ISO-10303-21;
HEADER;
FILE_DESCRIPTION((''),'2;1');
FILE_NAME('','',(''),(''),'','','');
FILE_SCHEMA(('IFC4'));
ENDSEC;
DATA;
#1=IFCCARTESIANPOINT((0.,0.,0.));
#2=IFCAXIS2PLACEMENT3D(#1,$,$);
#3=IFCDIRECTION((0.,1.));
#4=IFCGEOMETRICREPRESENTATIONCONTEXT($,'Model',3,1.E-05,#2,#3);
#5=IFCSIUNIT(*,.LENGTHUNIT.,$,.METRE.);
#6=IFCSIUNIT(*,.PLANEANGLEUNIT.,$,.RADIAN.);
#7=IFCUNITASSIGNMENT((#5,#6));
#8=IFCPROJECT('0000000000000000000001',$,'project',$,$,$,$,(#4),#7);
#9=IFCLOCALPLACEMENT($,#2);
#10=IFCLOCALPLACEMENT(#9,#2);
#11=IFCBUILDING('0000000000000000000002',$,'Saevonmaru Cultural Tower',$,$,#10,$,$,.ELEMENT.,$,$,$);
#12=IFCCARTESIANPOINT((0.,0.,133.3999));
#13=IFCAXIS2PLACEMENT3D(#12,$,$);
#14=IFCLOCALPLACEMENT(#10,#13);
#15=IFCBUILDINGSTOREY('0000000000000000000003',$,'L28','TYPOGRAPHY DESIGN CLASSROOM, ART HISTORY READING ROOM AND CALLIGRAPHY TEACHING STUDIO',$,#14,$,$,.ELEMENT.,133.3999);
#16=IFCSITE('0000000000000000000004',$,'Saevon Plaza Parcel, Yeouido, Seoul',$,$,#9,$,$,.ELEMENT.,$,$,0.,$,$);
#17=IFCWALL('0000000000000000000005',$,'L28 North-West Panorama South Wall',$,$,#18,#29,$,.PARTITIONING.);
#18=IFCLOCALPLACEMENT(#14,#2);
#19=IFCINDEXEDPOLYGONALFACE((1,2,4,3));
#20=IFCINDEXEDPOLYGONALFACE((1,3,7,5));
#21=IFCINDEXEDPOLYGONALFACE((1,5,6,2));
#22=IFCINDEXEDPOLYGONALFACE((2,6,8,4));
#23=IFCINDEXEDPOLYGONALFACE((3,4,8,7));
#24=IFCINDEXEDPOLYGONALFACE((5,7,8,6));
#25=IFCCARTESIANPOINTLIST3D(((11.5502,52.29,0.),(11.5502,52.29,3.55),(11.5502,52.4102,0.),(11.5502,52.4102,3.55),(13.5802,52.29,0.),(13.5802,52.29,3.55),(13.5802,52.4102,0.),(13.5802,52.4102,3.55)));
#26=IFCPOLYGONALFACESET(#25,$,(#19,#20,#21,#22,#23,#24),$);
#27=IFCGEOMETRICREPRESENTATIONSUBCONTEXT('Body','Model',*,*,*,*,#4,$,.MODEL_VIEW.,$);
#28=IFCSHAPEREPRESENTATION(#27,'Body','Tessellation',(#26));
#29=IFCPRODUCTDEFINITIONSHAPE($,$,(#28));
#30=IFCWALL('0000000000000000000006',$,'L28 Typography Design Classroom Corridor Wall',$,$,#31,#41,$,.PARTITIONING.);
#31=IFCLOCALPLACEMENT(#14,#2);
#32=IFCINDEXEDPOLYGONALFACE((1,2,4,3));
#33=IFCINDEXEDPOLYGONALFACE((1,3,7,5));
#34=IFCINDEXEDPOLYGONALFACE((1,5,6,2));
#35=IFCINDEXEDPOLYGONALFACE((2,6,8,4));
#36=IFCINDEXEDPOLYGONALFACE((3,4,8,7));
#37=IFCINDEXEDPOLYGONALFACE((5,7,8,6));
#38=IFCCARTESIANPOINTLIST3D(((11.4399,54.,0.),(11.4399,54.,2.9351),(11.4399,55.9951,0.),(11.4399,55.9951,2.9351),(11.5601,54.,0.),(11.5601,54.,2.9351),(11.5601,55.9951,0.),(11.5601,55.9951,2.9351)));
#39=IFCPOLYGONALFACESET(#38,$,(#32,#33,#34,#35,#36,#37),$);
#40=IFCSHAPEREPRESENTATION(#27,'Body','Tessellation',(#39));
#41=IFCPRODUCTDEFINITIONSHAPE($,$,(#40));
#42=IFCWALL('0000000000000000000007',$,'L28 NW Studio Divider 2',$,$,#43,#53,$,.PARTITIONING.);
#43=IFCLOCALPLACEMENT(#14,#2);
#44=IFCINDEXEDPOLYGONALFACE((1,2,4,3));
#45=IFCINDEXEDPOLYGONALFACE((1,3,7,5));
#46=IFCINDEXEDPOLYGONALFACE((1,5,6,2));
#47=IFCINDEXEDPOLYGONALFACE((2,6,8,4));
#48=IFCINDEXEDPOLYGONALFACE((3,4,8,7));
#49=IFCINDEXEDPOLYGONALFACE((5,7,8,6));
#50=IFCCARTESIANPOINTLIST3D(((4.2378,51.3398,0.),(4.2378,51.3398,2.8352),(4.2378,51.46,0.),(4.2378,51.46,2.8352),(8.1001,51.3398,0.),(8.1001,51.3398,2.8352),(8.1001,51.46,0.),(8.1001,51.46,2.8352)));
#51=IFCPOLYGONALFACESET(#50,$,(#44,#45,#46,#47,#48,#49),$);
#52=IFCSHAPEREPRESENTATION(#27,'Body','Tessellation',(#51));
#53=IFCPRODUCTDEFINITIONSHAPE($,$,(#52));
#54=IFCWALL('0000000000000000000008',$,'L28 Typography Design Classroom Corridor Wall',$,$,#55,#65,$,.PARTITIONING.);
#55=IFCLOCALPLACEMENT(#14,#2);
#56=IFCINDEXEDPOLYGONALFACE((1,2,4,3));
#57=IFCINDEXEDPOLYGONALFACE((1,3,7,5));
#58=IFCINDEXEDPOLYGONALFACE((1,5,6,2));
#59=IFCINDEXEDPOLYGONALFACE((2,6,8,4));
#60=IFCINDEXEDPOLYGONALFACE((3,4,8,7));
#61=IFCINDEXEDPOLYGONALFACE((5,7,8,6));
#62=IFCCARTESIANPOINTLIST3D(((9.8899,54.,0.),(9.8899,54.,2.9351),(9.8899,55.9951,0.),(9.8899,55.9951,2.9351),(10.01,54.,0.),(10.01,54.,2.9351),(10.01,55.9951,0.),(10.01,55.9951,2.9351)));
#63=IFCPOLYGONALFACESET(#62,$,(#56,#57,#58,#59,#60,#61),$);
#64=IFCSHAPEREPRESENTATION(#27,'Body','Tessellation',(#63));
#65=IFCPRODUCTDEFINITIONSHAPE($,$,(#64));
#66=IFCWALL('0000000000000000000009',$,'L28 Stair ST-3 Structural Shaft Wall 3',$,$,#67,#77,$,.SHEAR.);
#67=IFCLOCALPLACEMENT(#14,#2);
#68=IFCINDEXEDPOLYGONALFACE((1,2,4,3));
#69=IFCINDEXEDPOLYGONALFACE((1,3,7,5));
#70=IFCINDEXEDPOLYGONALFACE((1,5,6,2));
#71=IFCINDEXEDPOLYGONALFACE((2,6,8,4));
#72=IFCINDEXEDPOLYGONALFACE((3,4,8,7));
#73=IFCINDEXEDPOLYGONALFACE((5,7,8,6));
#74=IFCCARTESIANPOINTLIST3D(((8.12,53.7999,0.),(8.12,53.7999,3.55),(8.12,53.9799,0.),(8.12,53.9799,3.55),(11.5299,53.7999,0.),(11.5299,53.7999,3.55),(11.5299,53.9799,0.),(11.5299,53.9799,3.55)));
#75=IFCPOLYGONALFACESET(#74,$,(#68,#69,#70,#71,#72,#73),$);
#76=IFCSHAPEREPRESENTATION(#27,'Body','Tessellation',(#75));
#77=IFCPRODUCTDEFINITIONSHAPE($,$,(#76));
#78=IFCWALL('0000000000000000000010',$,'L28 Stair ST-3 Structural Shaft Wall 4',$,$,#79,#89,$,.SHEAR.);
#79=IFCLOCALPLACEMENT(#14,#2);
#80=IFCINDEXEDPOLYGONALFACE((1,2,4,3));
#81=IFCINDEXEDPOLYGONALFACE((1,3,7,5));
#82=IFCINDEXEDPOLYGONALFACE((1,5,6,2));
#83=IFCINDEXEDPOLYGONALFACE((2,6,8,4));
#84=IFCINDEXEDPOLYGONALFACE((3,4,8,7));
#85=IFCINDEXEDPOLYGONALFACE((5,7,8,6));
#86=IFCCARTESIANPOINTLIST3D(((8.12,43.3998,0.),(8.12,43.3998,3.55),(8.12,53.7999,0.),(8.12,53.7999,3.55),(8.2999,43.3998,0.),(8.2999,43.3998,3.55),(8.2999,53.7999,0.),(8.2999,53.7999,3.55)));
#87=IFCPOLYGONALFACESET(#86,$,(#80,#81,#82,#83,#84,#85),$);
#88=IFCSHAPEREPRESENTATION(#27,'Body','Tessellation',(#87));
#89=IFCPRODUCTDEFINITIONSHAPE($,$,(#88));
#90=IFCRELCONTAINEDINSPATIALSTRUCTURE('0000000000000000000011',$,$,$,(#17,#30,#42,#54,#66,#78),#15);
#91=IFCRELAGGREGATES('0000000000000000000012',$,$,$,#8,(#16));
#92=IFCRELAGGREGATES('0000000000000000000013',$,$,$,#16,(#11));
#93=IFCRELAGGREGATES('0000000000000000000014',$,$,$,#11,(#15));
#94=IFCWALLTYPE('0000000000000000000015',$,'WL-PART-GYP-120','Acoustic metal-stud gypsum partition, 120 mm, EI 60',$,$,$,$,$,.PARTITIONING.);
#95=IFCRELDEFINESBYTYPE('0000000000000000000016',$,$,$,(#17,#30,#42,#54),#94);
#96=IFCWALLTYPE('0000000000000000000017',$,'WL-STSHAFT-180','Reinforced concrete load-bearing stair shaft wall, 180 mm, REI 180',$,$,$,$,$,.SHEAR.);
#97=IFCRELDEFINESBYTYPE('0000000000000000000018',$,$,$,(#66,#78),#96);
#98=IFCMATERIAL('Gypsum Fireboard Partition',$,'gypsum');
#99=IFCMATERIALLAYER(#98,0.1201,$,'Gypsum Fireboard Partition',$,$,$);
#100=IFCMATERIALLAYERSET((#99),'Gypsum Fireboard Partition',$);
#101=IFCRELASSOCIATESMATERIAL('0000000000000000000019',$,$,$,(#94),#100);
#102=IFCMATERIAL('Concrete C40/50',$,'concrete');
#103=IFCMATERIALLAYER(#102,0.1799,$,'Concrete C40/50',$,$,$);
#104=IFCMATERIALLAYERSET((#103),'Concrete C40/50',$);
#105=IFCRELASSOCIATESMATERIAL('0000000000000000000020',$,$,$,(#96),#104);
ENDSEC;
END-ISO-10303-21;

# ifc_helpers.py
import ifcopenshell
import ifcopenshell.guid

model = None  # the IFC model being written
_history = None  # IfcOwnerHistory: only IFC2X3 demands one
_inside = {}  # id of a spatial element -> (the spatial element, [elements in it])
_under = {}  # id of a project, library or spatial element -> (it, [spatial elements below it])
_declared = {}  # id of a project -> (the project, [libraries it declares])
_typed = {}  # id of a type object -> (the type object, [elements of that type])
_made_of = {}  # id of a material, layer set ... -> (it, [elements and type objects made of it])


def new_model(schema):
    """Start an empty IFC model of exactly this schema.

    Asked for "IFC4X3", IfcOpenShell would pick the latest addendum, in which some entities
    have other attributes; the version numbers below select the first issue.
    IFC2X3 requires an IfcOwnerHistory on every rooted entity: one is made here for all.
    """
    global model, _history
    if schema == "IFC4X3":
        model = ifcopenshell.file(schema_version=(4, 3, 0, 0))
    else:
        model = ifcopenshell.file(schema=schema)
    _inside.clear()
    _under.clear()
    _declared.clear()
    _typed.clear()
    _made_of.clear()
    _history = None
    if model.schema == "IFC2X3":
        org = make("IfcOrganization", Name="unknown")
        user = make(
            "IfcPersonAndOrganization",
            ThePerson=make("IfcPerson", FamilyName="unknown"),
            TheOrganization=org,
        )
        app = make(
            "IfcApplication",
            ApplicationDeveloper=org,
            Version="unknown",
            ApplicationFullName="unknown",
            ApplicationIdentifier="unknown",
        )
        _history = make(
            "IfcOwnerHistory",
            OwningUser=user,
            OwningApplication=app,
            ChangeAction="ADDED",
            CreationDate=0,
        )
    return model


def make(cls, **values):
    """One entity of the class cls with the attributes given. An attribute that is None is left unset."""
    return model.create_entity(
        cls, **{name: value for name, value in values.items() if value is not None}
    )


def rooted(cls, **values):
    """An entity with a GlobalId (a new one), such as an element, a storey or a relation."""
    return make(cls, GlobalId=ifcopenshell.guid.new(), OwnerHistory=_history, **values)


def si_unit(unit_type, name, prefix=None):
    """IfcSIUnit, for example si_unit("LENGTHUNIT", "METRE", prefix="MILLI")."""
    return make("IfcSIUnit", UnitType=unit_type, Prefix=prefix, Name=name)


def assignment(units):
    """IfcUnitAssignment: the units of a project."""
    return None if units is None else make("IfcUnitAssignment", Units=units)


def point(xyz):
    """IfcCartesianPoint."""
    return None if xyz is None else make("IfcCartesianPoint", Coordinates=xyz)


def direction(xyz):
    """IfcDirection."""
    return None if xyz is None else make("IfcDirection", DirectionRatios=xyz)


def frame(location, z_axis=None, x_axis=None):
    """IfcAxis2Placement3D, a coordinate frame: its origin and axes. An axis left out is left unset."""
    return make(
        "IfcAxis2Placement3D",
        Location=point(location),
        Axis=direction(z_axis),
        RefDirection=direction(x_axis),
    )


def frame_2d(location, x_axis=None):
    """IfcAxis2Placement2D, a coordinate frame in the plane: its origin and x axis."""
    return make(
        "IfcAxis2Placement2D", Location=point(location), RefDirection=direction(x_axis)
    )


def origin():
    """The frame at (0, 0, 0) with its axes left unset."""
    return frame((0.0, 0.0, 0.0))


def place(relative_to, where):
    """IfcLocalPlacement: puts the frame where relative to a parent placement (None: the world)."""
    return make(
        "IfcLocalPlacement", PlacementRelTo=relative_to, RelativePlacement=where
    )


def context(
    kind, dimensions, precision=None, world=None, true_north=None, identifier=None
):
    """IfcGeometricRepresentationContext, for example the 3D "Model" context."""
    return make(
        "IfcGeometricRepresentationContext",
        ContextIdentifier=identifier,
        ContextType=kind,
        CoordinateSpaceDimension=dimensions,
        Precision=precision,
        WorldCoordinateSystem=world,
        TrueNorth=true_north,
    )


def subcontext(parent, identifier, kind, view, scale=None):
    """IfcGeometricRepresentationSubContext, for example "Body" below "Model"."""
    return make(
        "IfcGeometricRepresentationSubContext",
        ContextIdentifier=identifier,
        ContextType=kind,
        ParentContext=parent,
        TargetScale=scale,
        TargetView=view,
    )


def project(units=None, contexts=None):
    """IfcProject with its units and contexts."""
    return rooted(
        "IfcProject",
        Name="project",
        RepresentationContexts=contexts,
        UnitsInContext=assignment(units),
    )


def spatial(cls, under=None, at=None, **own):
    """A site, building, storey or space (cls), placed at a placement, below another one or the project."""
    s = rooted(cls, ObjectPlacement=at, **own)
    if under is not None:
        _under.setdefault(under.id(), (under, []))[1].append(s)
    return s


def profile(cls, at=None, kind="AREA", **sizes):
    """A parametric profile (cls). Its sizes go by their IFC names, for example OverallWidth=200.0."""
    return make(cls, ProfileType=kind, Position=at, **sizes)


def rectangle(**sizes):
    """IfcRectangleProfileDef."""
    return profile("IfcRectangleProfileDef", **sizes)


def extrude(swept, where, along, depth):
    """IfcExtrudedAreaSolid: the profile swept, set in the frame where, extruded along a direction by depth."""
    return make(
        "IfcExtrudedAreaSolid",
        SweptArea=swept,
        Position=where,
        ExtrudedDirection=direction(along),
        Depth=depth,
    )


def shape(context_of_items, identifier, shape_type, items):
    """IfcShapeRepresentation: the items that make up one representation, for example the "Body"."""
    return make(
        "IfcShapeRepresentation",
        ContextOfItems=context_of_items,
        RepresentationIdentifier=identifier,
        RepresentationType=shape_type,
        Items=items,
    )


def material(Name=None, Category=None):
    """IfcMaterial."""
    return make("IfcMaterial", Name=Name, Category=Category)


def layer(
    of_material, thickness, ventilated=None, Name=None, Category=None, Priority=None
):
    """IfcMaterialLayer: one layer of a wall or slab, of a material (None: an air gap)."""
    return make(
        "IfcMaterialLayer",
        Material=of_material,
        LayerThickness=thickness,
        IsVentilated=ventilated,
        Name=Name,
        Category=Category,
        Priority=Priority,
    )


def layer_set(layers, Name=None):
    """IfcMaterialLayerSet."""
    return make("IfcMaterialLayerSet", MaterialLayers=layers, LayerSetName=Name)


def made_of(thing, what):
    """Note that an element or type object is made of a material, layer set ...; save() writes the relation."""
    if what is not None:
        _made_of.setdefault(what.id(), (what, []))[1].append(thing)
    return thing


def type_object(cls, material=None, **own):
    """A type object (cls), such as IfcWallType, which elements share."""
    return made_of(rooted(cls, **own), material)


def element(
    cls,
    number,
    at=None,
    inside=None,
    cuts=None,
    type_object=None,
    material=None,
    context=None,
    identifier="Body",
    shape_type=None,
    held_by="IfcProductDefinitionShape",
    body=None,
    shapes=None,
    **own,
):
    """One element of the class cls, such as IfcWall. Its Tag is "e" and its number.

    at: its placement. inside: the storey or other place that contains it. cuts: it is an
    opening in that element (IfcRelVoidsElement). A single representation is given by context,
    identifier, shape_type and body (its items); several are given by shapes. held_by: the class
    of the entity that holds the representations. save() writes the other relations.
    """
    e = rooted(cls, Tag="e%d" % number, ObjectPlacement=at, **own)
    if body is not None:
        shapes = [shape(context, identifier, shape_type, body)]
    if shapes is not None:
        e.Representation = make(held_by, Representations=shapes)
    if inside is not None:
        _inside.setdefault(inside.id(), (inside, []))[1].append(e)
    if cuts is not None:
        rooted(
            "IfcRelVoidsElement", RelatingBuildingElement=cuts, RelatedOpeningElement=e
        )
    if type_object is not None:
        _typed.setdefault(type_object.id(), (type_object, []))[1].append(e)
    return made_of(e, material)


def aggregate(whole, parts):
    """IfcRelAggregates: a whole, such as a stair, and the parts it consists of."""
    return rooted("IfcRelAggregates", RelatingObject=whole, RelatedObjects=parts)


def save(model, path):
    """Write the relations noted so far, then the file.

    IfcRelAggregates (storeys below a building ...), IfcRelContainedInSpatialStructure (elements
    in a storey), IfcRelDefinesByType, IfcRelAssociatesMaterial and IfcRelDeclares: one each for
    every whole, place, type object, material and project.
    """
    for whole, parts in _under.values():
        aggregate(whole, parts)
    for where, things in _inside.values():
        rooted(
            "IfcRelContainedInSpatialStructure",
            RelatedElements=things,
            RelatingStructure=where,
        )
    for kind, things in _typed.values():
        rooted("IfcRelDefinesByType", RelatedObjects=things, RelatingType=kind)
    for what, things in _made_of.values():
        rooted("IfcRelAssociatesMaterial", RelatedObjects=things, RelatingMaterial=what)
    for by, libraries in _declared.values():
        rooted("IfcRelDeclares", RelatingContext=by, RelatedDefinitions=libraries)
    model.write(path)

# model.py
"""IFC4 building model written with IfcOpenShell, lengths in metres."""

from ifc_helpers import new_model, si_unit, direction, frame, frame_2d, origin, place, context, subcontext, project, spatial, rectangle, extrude, material, layer, layer_set, type_object, element, save


model = new_model("IFC4")

# Units and contexts
model_context = context("Model", 3, precision=1e-05, world=origin(), true_north=direction((0.0, 1.0)))
body_context = subcontext(model_context, "Body", "Model", "MODEL_VIEW")
ifc_project = project(units=[si_unit("LENGTHUNIT", "METRE"), si_unit("PLANEANGLEUNIT", "RADIAN")], contexts=[model_context])

# Site, building, storey
site_placement = place(None, origin())
site = spatial("IfcSite", under=ifc_project, at=site_placement, Name="Saevon Plaza Parcel, Yeouido, Seoul", CompositionType="ELEMENT", RefElevation=0.0)
building_placement = place(site_placement, origin())
building = spatial("IfcBuilding", under=site, at=building_placement, Name="Saevonmaru Cultural Tower", CompositionType="ELEMENT")
storey_placement = place(building_placement, frame((0.0, 0.0, 133.3999)))
storey = spatial("IfcBuildingStorey", under=building, at=storey_placement, Name="L28", Description="TYPOGRAPHY DESIGN CLASSROOM, ART HISTORY READING ROOM AND CALLIGRAPHY TEACHING STUDIO", CompositionType="ELEMENT", Elevation=133.3999)

# Walls
ifc_material_1 = material(Name="Gypsum Fireboard Partition", Category="gypsum")
ifc_layer_1 = layer(ifc_material_1, 0.1201, Name="Gypsum Fireboard Partition")
ifc_layer_set_1 = layer_set([ifc_layer_1], Name="Gypsum Fireboard Partition")
wall_type_1 = type_object("IfcWallType", Name="WL-PART-GYP-120", Description="Acoustic metal-stud gypsum partition, 120 mm, EI 60", PredefinedType="PARTITIONING", material=ifc_layer_set_1)
wall_1_placement = place(storey_placement, frame((11.55, 52.3501, 0.0), z_axis=(0.0, 0.0, 1.0), x_axis=(1.0, 0.0, 0.0)))
element("IfcWall", 1, at=wall_1_placement, inside=storey, type_object=wall_type_1, Name="L28 North-West Panorama South Wall", PredefinedType="PARTITIONING", context=body_context, shape_type="SweptSolid", body=[
    extrude(rectangle(XDim=2.03, YDim=0.1201, at=frame_2d((1.0151, 0.0))), origin(), (0.0, 0.0, 1.0), 3.55),
])
wall_2_placement = place(storey_placement, frame((11.5, 54.0, 0.0), z_axis=(0.0, 0.0, 1.0), x_axis=(0.0, 1.0, 0.0)))
element("IfcWall", 2, at=wall_2_placement, inside=storey, type_object=wall_type_1, Name="L28 Typography Design Classroom Corridor Wall", PredefinedType="PARTITIONING", context=body_context, shape_type="SweptSolid", body=[
    extrude(rectangle(XDim=1.9951, YDim=0.1201, at=frame_2d((0.9976, 0.0))), origin(), (0.0, 0.0, 1.0), 2.9351),
])
wall_3_placement = place(storey_placement, frame((4.2378, 51.3999, 0.0), z_axis=(0.0, 0.0, 1.0), x_axis=(1.0, 0.0, 0.0)))
element("IfcWall", 3, at=wall_3_placement, inside=storey, type_object=wall_type_1, Name="L28 NW Studio Divider 2", PredefinedType="PARTITIONING", context=body_context, shape_type="SweptSolid", body=[
    extrude(rectangle(XDim=3.8623, YDim=0.1201, at=frame_2d((1.9312, 0.0))), origin(), (0.0, 0.0, 1.0), 2.8352),
])
wall_4_placement = place(storey_placement, frame((9.95, 54.0, 0.0), z_axis=(0.0, 0.0, 1.0), x_axis=(0.0, 1.0, 0.0)))
element("IfcWall", 4, at=wall_4_placement, inside=storey, type_object=wall_type_1, Name="L28 Typography Design Classroom Corridor Wall", PredefinedType="PARTITIONING", context=body_context, shape_type="SweptSolid", body=[
    extrude(rectangle(XDim=1.9951, YDim=0.1201, at=frame_2d((0.9976, 0.0))), origin(), (0.0, 0.0, 1.0), 2.9351),
])
ifc_material_2 = material(Name="Concrete C40/50", Category="concrete")
ifc_layer_2 = layer(ifc_material_2, 0.1799, Name="Concrete C40/50")
ifc_layer_set_2 = layer_set([ifc_layer_2], Name="Concrete C40/50")
wall_type_2 = type_object("IfcWallType", Name="WL-STSHAFT-180", Description="Reinforced concrete load-bearing stair shaft wall, 180 mm, REI 180", PredefinedType="SHEAR", material=ifc_layer_set_2)
wall_5_placement = place(storey_placement, frame((11.53, 53.8899, 0.0), z_axis=(0.0, 0.0, 1.0), x_axis=(-1.0, 0.0, 0.0)))
element("IfcWall", 5, at=wall_5_placement, inside=storey, type_object=wall_type_2, Name="L28 Stair ST-3 Structural Shaft Wall 3", PredefinedType="SHEAR", context=body_context, shape_type="SweptSolid", body=[
    extrude(rectangle(XDim=3.4099, YDim=0.1799, at=frame_2d((1.7051, 0.0))), origin(), (0.0, 0.0, 1.0), 3.55),
])
wall_6_placement = place(storey_placement, frame((8.21, 53.8, 0.0), z_axis=(0.0, 0.0, 1.0), x_axis=(0.0, -1.0, 0.0)))
element("IfcWall", 6, at=wall_6_placement, inside=storey, type_object=wall_type_2, Name="L28 Stair ST-3 Structural Shaft Wall 4", PredefinedType="SHEAR", context=body_context, shape_type="SweptSolid", body=[
    extrude(rectangle(XDim=10.4001, YDim=0.1799, at=frame_2d((5.2002, 0.0))), origin(), (0.0, 0.0, 1.0), 3.55),
])

save(model, "model.ifc")
